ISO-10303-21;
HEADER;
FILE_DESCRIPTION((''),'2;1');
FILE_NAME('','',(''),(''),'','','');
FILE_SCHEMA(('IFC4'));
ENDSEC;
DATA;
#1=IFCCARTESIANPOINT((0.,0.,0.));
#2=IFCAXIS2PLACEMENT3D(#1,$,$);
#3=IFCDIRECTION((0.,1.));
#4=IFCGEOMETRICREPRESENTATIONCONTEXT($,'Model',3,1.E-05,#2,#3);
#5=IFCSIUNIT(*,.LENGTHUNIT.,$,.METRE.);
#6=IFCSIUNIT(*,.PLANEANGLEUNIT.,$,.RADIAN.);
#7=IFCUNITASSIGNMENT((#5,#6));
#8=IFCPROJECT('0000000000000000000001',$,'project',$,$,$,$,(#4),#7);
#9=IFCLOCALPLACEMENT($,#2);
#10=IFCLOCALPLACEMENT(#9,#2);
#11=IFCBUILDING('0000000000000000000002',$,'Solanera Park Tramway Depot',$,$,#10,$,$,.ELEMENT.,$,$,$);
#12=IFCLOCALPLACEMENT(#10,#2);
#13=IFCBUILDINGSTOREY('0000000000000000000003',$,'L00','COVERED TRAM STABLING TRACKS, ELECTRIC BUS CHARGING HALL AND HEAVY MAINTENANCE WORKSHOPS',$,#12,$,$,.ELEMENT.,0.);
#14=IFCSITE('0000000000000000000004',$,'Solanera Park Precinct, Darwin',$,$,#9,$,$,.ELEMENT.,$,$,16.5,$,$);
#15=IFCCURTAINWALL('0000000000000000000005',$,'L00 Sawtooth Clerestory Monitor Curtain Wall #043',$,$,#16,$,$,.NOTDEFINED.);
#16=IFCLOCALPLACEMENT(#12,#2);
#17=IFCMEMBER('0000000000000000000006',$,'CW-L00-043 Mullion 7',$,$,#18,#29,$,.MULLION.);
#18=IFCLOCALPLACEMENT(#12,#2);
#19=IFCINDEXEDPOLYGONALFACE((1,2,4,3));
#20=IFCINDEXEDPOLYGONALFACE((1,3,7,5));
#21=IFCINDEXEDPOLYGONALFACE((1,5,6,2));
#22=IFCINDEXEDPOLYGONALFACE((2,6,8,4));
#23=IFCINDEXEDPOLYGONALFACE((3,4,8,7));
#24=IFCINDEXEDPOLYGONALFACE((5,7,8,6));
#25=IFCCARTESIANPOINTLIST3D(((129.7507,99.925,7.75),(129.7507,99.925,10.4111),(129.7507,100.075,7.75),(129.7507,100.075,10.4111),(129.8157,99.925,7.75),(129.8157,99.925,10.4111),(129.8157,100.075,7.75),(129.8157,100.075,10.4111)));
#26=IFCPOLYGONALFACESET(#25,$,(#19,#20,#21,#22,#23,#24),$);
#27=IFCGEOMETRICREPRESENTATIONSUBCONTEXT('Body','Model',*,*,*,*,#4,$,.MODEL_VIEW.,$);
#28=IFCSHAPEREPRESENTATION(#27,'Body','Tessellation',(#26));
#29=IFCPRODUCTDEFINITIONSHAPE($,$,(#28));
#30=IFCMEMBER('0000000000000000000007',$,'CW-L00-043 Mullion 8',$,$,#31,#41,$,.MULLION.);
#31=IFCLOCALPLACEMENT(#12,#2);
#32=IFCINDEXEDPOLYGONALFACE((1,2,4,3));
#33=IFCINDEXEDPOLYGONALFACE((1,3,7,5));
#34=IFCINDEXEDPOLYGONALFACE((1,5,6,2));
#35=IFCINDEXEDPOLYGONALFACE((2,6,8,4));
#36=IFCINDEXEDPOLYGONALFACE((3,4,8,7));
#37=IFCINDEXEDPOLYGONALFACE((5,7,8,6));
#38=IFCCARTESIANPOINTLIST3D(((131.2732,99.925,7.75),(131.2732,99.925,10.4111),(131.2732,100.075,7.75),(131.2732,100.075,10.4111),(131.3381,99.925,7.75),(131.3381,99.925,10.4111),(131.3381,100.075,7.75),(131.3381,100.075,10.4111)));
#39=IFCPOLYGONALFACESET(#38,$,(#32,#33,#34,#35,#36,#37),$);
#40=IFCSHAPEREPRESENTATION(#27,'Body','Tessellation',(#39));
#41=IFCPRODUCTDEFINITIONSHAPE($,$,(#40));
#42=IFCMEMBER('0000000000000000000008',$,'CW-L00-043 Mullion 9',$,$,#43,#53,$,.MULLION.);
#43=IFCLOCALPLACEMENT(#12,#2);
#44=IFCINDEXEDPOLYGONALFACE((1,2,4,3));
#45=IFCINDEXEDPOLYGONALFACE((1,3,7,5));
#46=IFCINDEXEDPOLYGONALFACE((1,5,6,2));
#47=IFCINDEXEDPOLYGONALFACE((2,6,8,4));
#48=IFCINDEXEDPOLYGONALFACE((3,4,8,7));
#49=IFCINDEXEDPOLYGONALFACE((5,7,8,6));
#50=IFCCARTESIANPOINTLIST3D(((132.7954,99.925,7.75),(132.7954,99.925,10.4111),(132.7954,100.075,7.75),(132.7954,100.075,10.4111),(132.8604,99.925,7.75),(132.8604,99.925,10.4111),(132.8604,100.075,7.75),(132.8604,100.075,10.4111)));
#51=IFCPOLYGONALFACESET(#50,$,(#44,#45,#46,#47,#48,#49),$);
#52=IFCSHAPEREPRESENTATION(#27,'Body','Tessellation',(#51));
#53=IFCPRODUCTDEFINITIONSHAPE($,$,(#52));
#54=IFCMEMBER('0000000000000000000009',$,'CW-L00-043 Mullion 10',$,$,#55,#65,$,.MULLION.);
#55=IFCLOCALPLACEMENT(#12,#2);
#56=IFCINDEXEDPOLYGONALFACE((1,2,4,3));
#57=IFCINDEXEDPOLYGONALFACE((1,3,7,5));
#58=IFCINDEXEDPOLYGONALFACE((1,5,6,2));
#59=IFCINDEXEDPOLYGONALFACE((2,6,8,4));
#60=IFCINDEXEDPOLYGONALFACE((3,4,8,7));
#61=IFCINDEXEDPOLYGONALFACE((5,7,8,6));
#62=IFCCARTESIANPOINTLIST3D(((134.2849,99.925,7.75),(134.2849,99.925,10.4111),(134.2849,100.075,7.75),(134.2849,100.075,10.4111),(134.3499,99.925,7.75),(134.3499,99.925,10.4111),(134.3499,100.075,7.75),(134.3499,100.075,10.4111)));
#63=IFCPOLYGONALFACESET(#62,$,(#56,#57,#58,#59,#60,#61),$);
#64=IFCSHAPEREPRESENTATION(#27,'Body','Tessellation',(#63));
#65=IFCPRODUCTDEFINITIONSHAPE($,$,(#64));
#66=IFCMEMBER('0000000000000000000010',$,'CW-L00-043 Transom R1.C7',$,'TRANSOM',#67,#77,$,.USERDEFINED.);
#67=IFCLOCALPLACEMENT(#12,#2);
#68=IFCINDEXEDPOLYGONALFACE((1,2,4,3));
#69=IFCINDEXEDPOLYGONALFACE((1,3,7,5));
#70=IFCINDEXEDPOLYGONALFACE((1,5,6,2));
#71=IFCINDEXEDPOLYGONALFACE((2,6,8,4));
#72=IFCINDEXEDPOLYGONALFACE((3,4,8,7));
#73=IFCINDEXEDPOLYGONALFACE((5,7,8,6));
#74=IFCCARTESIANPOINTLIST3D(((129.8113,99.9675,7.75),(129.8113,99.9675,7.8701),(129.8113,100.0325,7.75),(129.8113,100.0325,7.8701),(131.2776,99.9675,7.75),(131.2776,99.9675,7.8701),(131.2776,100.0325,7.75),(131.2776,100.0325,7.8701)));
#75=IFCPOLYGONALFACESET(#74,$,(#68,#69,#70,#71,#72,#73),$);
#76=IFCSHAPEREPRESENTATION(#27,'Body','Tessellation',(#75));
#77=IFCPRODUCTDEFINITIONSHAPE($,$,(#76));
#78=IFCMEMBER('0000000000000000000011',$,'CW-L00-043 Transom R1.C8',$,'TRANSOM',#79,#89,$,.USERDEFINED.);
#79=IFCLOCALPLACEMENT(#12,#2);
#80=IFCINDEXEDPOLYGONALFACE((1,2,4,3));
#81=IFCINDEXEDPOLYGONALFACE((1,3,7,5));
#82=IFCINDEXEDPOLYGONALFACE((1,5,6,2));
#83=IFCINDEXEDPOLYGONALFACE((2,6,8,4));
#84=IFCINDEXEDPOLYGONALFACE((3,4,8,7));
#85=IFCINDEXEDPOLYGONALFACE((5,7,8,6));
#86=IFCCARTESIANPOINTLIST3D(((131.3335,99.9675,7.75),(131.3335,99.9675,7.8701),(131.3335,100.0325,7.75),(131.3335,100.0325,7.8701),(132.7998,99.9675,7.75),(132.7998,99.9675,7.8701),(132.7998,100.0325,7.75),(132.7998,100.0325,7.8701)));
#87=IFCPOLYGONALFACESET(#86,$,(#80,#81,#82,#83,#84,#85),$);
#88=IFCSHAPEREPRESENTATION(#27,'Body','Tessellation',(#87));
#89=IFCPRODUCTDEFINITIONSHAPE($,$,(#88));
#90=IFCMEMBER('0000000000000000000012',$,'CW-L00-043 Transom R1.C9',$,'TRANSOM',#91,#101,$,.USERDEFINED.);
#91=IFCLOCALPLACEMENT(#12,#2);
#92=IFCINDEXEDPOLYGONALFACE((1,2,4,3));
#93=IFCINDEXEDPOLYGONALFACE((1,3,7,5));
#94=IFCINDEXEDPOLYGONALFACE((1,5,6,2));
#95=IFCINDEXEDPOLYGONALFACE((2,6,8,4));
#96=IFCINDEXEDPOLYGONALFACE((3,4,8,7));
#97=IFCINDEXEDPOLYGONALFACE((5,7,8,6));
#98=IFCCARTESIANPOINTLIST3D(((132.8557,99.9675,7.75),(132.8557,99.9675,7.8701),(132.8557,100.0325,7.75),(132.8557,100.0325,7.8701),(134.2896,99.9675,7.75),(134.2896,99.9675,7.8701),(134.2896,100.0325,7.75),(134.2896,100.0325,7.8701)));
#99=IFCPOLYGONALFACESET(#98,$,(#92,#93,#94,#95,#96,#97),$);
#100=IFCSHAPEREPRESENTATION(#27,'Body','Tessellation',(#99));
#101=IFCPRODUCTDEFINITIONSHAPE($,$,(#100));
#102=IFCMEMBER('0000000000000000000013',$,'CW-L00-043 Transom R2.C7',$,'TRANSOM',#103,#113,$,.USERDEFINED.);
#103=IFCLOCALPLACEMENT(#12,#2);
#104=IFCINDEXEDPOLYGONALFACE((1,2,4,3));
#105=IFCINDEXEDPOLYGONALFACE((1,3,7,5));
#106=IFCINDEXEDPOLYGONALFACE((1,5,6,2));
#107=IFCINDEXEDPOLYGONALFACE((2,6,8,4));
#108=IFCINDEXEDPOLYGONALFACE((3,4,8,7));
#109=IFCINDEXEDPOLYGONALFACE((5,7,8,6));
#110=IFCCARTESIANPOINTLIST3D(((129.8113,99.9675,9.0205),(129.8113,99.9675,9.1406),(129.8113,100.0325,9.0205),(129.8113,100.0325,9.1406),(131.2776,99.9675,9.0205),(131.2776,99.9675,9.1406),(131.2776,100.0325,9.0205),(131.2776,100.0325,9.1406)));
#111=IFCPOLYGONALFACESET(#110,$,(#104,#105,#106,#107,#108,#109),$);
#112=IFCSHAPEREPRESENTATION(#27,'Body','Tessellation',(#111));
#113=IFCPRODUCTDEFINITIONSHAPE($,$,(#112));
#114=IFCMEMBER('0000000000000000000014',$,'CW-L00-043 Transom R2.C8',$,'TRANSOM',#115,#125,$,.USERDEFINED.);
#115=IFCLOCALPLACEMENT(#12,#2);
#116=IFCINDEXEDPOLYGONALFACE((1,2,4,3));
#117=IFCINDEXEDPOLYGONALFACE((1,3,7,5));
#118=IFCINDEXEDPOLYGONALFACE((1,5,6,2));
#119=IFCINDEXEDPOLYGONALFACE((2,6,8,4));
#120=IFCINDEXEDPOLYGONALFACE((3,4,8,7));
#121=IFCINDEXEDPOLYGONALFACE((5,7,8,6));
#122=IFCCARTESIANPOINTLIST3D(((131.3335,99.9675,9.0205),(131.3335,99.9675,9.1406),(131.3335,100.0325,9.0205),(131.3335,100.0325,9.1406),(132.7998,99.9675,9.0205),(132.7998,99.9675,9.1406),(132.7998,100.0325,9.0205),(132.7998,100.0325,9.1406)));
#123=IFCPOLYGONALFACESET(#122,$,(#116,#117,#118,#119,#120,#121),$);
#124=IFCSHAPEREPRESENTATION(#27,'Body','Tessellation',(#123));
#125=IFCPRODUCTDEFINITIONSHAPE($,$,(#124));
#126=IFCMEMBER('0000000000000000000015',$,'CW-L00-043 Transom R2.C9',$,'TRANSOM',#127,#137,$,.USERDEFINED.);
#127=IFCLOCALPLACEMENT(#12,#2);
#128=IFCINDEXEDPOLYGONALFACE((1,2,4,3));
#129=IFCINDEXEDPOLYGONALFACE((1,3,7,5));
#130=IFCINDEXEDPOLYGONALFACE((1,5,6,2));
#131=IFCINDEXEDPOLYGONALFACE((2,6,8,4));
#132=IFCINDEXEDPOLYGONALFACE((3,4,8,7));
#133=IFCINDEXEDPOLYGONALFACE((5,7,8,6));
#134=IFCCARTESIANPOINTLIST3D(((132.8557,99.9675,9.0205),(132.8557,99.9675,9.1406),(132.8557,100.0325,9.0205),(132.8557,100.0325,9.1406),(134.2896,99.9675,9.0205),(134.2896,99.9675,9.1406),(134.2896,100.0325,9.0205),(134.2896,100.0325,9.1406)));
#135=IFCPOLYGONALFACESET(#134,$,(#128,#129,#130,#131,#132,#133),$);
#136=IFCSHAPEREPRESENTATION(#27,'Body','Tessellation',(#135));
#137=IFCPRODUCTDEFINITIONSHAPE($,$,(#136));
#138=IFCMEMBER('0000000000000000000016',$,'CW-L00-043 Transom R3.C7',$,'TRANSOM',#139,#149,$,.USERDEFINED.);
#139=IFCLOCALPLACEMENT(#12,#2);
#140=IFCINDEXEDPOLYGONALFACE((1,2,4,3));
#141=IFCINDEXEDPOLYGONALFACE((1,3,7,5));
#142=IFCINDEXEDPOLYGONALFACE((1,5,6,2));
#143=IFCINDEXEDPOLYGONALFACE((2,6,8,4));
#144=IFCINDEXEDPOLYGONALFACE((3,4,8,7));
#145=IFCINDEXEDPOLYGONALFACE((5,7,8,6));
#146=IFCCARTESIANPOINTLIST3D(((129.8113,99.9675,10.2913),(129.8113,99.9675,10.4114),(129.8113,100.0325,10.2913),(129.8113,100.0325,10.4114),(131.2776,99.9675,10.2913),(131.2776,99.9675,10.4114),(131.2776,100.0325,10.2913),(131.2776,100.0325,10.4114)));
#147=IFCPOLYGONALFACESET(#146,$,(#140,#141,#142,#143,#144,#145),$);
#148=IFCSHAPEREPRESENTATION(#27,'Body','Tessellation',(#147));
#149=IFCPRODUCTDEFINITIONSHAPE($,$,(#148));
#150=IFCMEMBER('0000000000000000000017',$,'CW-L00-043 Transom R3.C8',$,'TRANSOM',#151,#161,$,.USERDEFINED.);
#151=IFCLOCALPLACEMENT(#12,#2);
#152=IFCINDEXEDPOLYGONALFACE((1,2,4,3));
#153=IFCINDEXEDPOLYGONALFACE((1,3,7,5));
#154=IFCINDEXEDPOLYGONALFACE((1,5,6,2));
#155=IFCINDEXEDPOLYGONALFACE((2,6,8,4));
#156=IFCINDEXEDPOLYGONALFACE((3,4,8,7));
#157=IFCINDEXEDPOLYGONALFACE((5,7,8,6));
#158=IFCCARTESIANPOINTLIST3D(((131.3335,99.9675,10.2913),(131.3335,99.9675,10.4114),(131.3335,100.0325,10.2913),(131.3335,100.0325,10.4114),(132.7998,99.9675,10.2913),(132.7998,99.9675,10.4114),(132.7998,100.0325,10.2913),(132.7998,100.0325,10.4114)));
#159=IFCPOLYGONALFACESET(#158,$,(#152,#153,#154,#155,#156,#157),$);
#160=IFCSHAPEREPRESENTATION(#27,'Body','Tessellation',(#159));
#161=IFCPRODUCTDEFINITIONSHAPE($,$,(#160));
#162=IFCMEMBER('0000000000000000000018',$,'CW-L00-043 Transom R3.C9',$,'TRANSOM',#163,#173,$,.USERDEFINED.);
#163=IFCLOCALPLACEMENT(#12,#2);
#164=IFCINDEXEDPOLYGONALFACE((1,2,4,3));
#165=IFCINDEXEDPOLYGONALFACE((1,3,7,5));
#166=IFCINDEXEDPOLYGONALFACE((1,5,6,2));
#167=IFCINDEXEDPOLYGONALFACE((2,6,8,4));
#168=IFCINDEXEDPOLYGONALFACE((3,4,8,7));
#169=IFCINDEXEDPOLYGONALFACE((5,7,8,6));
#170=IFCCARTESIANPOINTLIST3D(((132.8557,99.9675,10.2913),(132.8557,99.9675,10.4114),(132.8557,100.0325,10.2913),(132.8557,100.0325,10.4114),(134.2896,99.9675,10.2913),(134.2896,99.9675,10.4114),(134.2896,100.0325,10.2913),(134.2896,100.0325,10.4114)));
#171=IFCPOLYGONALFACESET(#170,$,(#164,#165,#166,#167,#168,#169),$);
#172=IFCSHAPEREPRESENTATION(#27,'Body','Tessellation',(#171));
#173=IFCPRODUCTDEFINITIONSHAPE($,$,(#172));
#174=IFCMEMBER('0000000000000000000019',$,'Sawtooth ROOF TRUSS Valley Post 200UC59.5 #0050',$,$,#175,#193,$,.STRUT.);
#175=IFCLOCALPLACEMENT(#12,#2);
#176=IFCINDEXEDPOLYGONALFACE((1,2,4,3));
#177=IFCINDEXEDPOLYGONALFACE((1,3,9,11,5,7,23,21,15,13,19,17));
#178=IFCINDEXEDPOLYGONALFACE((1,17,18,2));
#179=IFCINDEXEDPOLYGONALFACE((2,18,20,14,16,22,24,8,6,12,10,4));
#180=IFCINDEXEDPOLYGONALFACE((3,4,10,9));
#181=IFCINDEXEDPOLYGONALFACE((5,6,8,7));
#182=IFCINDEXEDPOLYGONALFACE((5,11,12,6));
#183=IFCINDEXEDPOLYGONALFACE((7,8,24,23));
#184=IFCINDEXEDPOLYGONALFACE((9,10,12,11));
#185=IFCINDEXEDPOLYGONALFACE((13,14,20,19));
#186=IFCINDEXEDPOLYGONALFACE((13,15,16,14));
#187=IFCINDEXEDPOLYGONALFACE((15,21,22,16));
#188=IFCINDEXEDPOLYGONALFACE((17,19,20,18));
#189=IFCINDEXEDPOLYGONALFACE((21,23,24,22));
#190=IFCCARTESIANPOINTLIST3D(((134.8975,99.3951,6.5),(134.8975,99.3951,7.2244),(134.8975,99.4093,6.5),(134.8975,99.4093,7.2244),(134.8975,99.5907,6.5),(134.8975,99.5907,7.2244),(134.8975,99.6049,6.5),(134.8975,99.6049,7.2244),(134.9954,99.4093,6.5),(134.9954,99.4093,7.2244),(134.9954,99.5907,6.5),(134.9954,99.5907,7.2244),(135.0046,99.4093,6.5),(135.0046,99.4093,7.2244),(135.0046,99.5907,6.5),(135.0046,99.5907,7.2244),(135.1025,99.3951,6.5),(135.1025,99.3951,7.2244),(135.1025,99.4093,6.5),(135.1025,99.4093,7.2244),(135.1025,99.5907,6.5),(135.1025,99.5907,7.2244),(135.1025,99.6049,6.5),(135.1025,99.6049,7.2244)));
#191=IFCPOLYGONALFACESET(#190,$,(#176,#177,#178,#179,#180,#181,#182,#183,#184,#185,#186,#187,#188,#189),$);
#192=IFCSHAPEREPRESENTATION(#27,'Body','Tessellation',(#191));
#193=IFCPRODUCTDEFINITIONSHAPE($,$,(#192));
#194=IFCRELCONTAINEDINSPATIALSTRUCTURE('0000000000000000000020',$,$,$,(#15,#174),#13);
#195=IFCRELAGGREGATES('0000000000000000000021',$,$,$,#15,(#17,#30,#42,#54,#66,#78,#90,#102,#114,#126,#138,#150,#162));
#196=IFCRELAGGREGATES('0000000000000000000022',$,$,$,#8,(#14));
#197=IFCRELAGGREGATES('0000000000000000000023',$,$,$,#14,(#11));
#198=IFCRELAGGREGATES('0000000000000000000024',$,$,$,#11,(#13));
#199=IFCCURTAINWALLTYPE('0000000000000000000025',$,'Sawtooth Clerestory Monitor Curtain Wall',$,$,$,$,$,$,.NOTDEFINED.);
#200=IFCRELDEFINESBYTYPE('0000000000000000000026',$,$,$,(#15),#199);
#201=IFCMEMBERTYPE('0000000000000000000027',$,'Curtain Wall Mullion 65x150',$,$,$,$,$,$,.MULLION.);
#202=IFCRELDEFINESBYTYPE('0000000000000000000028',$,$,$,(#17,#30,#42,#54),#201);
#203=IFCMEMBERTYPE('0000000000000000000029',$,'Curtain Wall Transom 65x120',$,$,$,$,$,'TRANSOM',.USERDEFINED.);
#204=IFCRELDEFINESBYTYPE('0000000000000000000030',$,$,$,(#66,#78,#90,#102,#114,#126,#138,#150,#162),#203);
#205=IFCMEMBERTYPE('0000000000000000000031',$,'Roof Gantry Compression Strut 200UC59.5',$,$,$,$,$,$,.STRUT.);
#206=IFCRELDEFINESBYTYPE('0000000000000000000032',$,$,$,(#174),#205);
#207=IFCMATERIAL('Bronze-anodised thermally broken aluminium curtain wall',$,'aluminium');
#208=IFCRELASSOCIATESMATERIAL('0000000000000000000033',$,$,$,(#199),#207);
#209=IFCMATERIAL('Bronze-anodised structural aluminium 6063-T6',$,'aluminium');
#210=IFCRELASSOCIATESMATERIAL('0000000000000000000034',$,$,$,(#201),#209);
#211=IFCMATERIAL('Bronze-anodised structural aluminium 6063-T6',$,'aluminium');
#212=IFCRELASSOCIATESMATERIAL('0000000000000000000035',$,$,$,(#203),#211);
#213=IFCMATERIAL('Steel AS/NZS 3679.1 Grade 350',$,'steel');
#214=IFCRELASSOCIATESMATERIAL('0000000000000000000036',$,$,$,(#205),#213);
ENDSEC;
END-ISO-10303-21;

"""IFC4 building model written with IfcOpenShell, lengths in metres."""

from ifc_helpers import new_model, si_unit, direction, frame, origin, origin_2d, place, context, subcontext, project, spatial, rectangle, i_section, extrude, material, material_profile, profile_set, type_object, element, aggregate, save


model = new_model("IFC4")

# Units and contexts
model_context = context("Model", 3, precision=1e-05, world=origin(), true_north=direction((0.0, 1.0)))
body_context = subcontext(model_context, "Body", "Model", "MODEL_VIEW")
ifc_project = project(units=[si_unit("LENGTHUNIT", "METRE"), si_unit("PLANEANGLEUNIT", "RADIAN")], contexts=[model_context])

# Site, building, storey
site_placement = place(None, origin())
site = spatial("IfcSite", under=ifc_project, at=site_placement, Name="Solanera Park Precinct, Darwin", CompositionType="ELEMENT", RefElevation=16.5)
building_placement = place(site_placement, origin())
building = spatial("IfcBuilding", under=site, at=building_placement, Name="Solanera Park Tramway Depot", CompositionType="ELEMENT")
storey_placement = place(building_placement, origin())
storey = spatial("IfcBuildingStorey", under=building, at=storey_placement, Name="L00", Description="COVERED TRAM STABLING TRACKS, ELECTRIC BUS CHARGING HALL AND HEAVY MAINTENANCE WORKSHOPS", CompositionType="ELEMENT", Elevation=0.0)

# Curtain wall, members
ifc_material_1 = material(Name="Bronze-anodised thermally broken aluminium curtain wall", Category="aluminium")
curtain_wall_type = type_object("IfcCurtainWallType", Name="Sawtooth Clerestory Monitor Curtain Wall", PredefinedType="NOTDEFINED", material=ifc_material_1)
curtain_wall_placement = place(storey_placement, origin())
curtain_wall = element("IfcCurtainWall", 1, at=curtain_wall_placement, inside=storey, type_object=curtain_wall_type, Name="L00 Sawtooth Clerestory Monitor Curtain Wall #043", PredefinedType="NOTDEFINED")
ifc_material_2 = material(Name="Bronze-anodised structural aluminium 6063-T6", Category="aluminium")
ifc_material_profile_1 = material_profile(ifc_material_2, rectangle(XDim=0.0649, YDim=0.1499, at=origin_2d()), Name="Curtain Wall Mullion 65x150")
ifc_profile_set_1 = profile_set([ifc_material_profile_1], Name="Bronze-anodised structural aluminium 6063-T6")
member_type_1 = type_object("IfcMemberType", Name="Curtain Wall Mullion 65x150", PredefinedType="MULLION", material=ifc_profile_set_1)
member_1_placement = place(storey_placement, frame((129.7832, 100.0, 7.75), z_axis=(0.0, 0.0, 1.0), x_axis=(1.0, 0.0, 0.0)))
member_1 = element("IfcMember", 2, at=member_1_placement, type_object=member_type_1, Name="CW-L00-043 Mullion 7", PredefinedType="MULLION", context=body_context, shape_type="SweptSolid", body=[
    extrude(rectangle(XDim=0.0649, YDim=0.1499, at=origin_2d()), origin(), (0.0, 0.0, 1.0), 2.6611),
])
member_2_placement = place(storey_placement, frame((131.3057, 100.0, 7.75), z_axis=(0.0, 0.0, 1.0), x_axis=(1.0, 0.0, 0.0)))
member_2 = element("IfcMember", 3, at=member_2_placement, type_object=member_type_1, Name="CW-L00-043 Mullion 8", PredefinedType="MULLION", context=body_context, shape_type="SweptSolid", body=[
    extrude(rectangle(XDim=0.0649, YDim=0.1499, at=origin_2d()), origin(), (0.0, 0.0, 1.0), 2.6611),
])
member_3_placement = place(storey_placement, frame((132.8279, 100.0, 7.75), z_axis=(0.0, 0.0, 1.0), x_axis=(1.0, 0.0, 0.0)))
member_3 = element("IfcMember", 4, at=member_3_placement, type_object=member_type_1, Name="CW-L00-043 Mullion 9", PredefinedType="MULLION", context=body_context, shape_type="SweptSolid", body=[
    extrude(rectangle(XDim=0.0649, YDim=0.1499, at=origin_2d()), origin(), (0.0, 0.0, 1.0), 2.6611),
])
member_4_placement = place(storey_placement, frame((134.3174, 100.0, 7.75), z_axis=(0.0, 0.0, 1.0), x_axis=(1.0, 0.0, 0.0)))
member_4 = element("IfcMember", 5, at=member_4_placement, type_object=member_type_1, Name="CW-L00-043 Mullion 10", PredefinedType="MULLION", context=body_context, shape_type="SweptSolid", body=[
    extrude(rectangle(XDim=0.0649, YDim=0.1499, at=origin_2d()), origin(), (0.0, 0.0, 1.0), 2.6611),
])
ifc_material_3 = material(Name="Bronze-anodised structural aluminium 6063-T6", Category="aluminium")
ifc_material_profile_2 = material_profile(ifc_material_3, rectangle(XDim=0.0649, YDim=0.1201, at=origin_2d()), Name="Curtain Wall Transom 65x120")
ifc_profile_set_2 = profile_set([ifc_material_profile_2], Name="Bronze-anodised structural aluminium 6063-T6")
member_type_2 = type_object("IfcMemberType", Name="Curtain Wall Transom 65x120", ElementType="TRANSOM", PredefinedType="USERDEFINED", material=ifc_profile_set_2)
member_5_placement = place(storey_placement, frame((129.8113, 100.0, 7.8101), z_axis=(1.0, 0.0, 0.0), x_axis=(0.0, 1.0, 0.0)))
member_5 = element("IfcMember", 6, at=member_5_placement, type_object=member_type_2, Name="CW-L00-043 Transom R1.C7", ObjectType="TRANSOM", PredefinedType="USERDEFINED", context=body_context, shape_type="SweptSolid", body=[
    extrude(rectangle(XDim=0.0649, YDim=0.1201, at=origin_2d()), origin(), (0.0, 0.0, 1.0), 1.4663),
])
member_6_placement = place(storey_placement, frame((131.3335, 100.0, 7.8101), z_axis=(1.0, 0.0, 0.0), x_axis=(0.0, 1.0, 0.0)))
member_6 = element("IfcMember", 7, at=member_6_placement, type_object=member_type_2, Name="CW-L00-043 Transom R1.C8", ObjectType="TRANSOM", PredefinedType="USERDEFINED", context=body_context, shape_type="SweptSolid", body=[
    extrude(rectangle(XDim=0.0649, YDim=0.1201, at=origin_2d()), origin(), (0.0, 0.0, 1.0), 1.4663),
])
member_7_placement = place(storey_placement, frame((132.8557, 100.0, 7.8101), z_axis=(1.0, 0.0, 0.0), x_axis=(0.0, 1.0, 0.0)))
member_7 = element("IfcMember", 8, at=member_7_placement, type_object=member_type_2, Name="CW-L00-043 Transom R1.C9", ObjectType="TRANSOM", PredefinedType="USERDEFINED", context=body_context, shape_type="SweptSolid", body=[
    extrude(rectangle(XDim=0.0649, YDim=0.1201, at=origin_2d()), origin(), (0.0, 0.0, 1.0), 1.4338),
])
member_8_placement = place(storey_placement, frame((129.8113, 100.0, 9.0806), z_axis=(1.0, 0.0, 0.0), x_axis=(0.0, 1.0, 0.0)))
member_8 = element("IfcMember", 9, at=member_8_placement, type_object=member_type_2, Name="CW-L00-043 Transom R2.C7", ObjectType="TRANSOM", PredefinedType="USERDEFINED", context=body_context, shape_type="SweptSolid", body=[
    extrude(rectangle(XDim=0.0649, YDim=0.1201, at=origin_2d()), origin(), (0.0, 0.0, 1.0), 1.4663),
])
member_9_placement = place(storey_placement, frame((131.3335, 100.0, 9.0806), z_axis=(1.0, 0.0, 0.0), x_axis=(0.0, 1.0, 0.0)))
member_9 = element("IfcMember", 10, at=member_9_placement, type_object=member_type_2, Name="CW-L00-043 Transom R2.C8", ObjectType="TRANSOM", PredefinedType="USERDEFINED", context=body_context, shape_type="SweptSolid", body=[
    extrude(rectangle(XDim=0.0649, YDim=0.1201, at=origin_2d()), origin(), (0.0, 0.0, 1.0), 1.4663),
])
member_10_placement = place(storey_placement, frame((132.8557, 100.0, 9.0806), z_axis=(1.0, 0.0, 0.0), x_axis=(0.0, 1.0, 0.0)))
member_10 = element("IfcMember", 11, at=member_10_placement, type_object=member_type_2, Name="CW-L00-043 Transom R2.C9", ObjectType="TRANSOM", PredefinedType="USERDEFINED", context=body_context, shape_type="SweptSolid", body=[
    extrude(rectangle(XDim=0.0649, YDim=0.1201, at=origin_2d()), origin(), (0.0, 0.0, 1.0), 1.4338),
])
member_11_placement = place(storey_placement, frame((129.8113, 100.0, 10.3513), z_axis=(1.0, 0.0, 0.0), x_axis=(0.0, 1.0, 0.0)))
member_11 = element("IfcMember", 12, at=member_11_placement, type_object=member_type_2, Name="CW-L00-043 Transom R3.C7", ObjectType="TRANSOM", PredefinedType="USERDEFINED", context=body_context, shape_type="SweptSolid", body=[
    extrude(rectangle(XDim=0.0649, YDim=0.1201, at=origin_2d()), origin(), (0.0, 0.0, 1.0), 1.4663),
])
member_12_placement = place(storey_placement, frame((131.3335, 100.0, 10.3513), z_axis=(1.0, 0.0, 0.0), x_axis=(0.0, 1.0, 0.0)))
member_12 = element("IfcMember", 13, at=member_12_placement, type_object=member_type_2, Name="CW-L00-043 Transom R3.C8", ObjectType="TRANSOM", PredefinedType="USERDEFINED", context=body_context, shape_type="SweptSolid", body=[
    extrude(rectangle(XDim=0.0649, YDim=0.1201, at=origin_2d()), origin(), (0.0, 0.0, 1.0), 1.4663),
])
member_13_placement = place(storey_placement, frame((132.8557, 100.0, 10.3513), z_axis=(1.0, 0.0, 0.0), x_axis=(0.0, 1.0, 0.0)))
member_13 = element("IfcMember", 14, at=member_13_placement, type_object=member_type_2, Name="CW-L00-043 Transom R3.C9", ObjectType="TRANSOM", PredefinedType="USERDEFINED", context=body_context, shape_type="SweptSolid", body=[
    extrude(rectangle(XDim=0.0649, YDim=0.1201, at=origin_2d()), origin(), (0.0, 0.0, 1.0), 1.4338),
])

# Member
ifc_material_4 = material(Name="Steel AS/NZS 3679.1 Grade 350", Category="steel")
ifc_material_profile_3 = material_profile(ifc_material_4, i_section(OverallWidth=0.2051, OverallDepth=0.2097, WebThickness=0.0093, FlangeThickness=0.0142, at=origin_2d()), Name="200UC59.5")
ifc_profile_set_3 = profile_set([ifc_material_profile_3], Name="Steel AS/NZS 3679.1 Grade 350")
member_type_3 = type_object("IfcMemberType", Name="Roof Gantry Compression Strut 200UC59.5", PredefinedType="STRUT", material=ifc_profile_set_3)
member_14_placement = place(storey_placement, frame((135.0, 99.5, 6.5), z_axis=(0.0, 0.0, 1.0), x_axis=(1.0, 0.0, 0.0)))
element("IfcMember", 15, at=member_14_placement, inside=storey, type_object=member_type_3, Name="Sawtooth ROOF TRUSS Valley Post 200UC59.5 #0050", PredefinedType="STRUT", context=body_context, shape_type="SweptSolid", body=[
    extrude(i_section(OverallWidth=0.2051, OverallDepth=0.2097, WebThickness=0.0093, FlangeThickness=0.0142, at=origin_2d()), origin(), (0.0, 0.0, 1.0), 0.7244),
])

aggregate(curtain_wall, [member_1, member_2, member_3, member_4, member_5, member_6, member_7, member_8, member_9, member_10, member_11, member_12, member_13])

save(model, "model.ifc")
